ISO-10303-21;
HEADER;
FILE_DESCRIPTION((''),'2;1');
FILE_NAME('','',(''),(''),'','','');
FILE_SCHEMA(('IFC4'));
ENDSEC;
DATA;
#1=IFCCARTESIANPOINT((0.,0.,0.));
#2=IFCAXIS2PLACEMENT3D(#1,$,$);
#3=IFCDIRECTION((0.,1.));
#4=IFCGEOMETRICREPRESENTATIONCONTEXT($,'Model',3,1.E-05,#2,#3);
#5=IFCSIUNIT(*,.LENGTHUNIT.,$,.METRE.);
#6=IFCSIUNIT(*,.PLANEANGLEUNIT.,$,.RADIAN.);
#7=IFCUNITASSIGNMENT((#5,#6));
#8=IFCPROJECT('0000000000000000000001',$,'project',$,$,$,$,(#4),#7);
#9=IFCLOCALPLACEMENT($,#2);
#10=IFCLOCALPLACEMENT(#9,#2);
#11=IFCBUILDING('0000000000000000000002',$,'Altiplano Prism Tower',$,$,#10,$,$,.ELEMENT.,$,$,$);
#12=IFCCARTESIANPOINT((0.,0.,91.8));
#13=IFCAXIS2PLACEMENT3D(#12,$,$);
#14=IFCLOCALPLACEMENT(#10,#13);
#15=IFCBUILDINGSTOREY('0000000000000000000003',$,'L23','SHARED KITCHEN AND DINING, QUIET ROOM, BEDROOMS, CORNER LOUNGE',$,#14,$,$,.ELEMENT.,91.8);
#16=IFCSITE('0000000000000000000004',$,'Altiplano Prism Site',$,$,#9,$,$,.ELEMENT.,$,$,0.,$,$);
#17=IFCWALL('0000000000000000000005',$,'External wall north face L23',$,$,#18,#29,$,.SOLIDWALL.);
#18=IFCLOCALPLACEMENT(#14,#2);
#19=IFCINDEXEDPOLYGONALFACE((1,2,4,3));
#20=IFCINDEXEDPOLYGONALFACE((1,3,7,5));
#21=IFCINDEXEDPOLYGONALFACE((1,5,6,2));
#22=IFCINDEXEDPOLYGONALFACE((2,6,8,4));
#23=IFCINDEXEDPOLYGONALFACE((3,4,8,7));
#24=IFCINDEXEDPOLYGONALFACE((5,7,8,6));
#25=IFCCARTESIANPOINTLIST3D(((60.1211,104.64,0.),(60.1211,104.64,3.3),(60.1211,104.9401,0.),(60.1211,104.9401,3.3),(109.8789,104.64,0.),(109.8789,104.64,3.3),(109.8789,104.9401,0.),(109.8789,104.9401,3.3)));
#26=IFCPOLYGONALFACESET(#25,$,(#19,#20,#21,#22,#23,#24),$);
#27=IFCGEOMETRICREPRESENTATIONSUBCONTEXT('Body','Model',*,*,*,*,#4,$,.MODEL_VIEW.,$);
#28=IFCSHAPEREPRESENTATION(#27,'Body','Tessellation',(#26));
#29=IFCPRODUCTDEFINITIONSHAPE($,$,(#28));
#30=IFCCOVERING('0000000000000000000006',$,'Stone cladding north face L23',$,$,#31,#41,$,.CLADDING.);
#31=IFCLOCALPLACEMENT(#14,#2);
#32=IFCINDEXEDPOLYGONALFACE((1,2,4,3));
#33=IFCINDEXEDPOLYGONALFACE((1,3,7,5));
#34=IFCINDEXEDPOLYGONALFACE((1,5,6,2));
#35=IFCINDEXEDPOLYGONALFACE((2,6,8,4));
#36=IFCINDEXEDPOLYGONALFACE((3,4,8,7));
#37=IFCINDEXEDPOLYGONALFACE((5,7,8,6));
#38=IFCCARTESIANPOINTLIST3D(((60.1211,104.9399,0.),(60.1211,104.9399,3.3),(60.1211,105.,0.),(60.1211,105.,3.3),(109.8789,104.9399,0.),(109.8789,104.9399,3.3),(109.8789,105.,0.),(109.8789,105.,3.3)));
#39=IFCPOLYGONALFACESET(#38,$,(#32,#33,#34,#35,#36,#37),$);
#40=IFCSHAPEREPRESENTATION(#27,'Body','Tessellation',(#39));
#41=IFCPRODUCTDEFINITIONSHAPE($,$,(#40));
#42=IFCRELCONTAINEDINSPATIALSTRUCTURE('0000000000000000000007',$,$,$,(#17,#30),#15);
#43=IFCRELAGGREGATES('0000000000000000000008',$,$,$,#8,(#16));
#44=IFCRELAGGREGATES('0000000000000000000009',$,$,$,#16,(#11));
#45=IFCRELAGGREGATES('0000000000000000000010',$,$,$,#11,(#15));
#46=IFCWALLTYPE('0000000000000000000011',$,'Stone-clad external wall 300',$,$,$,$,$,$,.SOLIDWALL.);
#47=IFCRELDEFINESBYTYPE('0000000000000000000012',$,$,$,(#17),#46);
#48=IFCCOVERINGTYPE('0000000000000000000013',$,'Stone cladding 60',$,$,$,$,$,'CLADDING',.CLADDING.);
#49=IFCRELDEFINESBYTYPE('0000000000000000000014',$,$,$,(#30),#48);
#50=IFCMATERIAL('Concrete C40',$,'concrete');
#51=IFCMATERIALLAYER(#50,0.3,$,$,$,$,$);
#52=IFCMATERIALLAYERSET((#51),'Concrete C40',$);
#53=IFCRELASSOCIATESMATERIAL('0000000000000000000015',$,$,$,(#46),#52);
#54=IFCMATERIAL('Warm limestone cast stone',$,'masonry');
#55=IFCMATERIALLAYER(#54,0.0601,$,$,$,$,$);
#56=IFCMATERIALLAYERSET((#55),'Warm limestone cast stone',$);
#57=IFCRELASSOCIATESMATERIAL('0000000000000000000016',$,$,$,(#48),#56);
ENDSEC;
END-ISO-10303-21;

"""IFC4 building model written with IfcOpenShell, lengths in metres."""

from ifc_helpers import new_model, si_unit, direction, frame, frame_2d, origin, place, context, subcontext, project, spatial, rectangle, extrude, material, layer, layer_set, type_object, element, save


model = new_model("IFC4")

# Units and contexts
model_context = context("Model", 3, precision=1e-05, world=origin(), true_north=direction((0.0, 1.0)))
body_context = subcontext(model_context, "Body", "Model", "MODEL_VIEW")
ifc_project = project(units=[si_unit("LENGTHUNIT", "METRE"), si_unit("PLANEANGLEUNIT", "RADIAN")], contexts=[model_context])

# Site, building, storey
site_placement = place(None, origin())
site = spatial("IfcSite", under=ifc_project, at=site_placement, Name="Altiplano Prism Site", CompositionType="ELEMENT", RefElevation=0.0)
building_placement = place(site_placement, origin())
building = spatial("IfcBuilding", under=site, at=building_placement, Name="Altiplano Prism Tower", CompositionType="ELEMENT")
storey_placement = place(building_placement, frame((0.0, 0.0, 91.8)))
storey = spatial("IfcBuildingStorey", under=building, at=storey_placement, Name="L23", Description="SHARED KITCHEN AND DINING, QUIET ROOM, BEDROOMS, CORNER LOUNGE", CompositionType="ELEMENT", Elevation=91.8)

# Wall
ifc_material_1 = material(Name="Concrete C40", Category="concrete")
ifc_layer_1 = layer(ifc_material_1, 0.3)
ifc_layer_set_1 = layer_set([ifc_layer_1], Name="Concrete C40")
wall_type_1 = type_object("IfcWallType", Name="Stone-clad external wall 300", PredefinedType="SOLIDWALL", material=ifc_layer_set_1)
wall_1_placement = place(storey_placement, frame((60.1211, 104.79, 0.0), z_axis=(0.0, 0.0, 1.0), x_axis=(1.0, 0.0, 0.0)))
element("IfcWall", 1, at=wall_1_placement, inside=storey, type_object=wall_type_1, Name="External wall north face L23", PredefinedType="SOLIDWALL", context=body_context, shape_type="SweptSolid", body=[
    extrude(rectangle(XDim=49.7578, YDim=0.3, at=frame_2d((24.8789, 0.0))), origin(), (0.0, 0.0, 1.0), 3.3),
])

# Covering
ifc_material_2 = material(Name="Warm limestone cast stone", Category="masonry")
ifc_layer_2 = layer(ifc_material_2, 0.0601)
ifc_layer_set_2 = layer_set([ifc_layer_2], Name="Warm limestone cast stone")
covering_type = type_object("IfcCoveringType", Name="Stone cladding 60", ElementType="CLADDING", PredefinedType="CLADDING", material=ifc_layer_set_2)
covering_placement = place(storey_placement, frame((60.1211, 104.97, 0.0), z_axis=(0.0, 0.0, 1.0), x_axis=(1.0, 0.0, 0.0)))
element("IfcCovering", 2, at=covering_placement, inside=storey, type_object=covering_type, Name="Stone cladding north face L23", PredefinedType="CLADDING", context=body_context, shape_type="SweptSolid", body=[
    extrude(rectangle(XDim=49.7578, YDim=0.0601, at=frame_2d((24.8789, 0.0))), origin(), (0.0, 0.0, 1.0), 3.3),
])

save(model, "model.ifc")
